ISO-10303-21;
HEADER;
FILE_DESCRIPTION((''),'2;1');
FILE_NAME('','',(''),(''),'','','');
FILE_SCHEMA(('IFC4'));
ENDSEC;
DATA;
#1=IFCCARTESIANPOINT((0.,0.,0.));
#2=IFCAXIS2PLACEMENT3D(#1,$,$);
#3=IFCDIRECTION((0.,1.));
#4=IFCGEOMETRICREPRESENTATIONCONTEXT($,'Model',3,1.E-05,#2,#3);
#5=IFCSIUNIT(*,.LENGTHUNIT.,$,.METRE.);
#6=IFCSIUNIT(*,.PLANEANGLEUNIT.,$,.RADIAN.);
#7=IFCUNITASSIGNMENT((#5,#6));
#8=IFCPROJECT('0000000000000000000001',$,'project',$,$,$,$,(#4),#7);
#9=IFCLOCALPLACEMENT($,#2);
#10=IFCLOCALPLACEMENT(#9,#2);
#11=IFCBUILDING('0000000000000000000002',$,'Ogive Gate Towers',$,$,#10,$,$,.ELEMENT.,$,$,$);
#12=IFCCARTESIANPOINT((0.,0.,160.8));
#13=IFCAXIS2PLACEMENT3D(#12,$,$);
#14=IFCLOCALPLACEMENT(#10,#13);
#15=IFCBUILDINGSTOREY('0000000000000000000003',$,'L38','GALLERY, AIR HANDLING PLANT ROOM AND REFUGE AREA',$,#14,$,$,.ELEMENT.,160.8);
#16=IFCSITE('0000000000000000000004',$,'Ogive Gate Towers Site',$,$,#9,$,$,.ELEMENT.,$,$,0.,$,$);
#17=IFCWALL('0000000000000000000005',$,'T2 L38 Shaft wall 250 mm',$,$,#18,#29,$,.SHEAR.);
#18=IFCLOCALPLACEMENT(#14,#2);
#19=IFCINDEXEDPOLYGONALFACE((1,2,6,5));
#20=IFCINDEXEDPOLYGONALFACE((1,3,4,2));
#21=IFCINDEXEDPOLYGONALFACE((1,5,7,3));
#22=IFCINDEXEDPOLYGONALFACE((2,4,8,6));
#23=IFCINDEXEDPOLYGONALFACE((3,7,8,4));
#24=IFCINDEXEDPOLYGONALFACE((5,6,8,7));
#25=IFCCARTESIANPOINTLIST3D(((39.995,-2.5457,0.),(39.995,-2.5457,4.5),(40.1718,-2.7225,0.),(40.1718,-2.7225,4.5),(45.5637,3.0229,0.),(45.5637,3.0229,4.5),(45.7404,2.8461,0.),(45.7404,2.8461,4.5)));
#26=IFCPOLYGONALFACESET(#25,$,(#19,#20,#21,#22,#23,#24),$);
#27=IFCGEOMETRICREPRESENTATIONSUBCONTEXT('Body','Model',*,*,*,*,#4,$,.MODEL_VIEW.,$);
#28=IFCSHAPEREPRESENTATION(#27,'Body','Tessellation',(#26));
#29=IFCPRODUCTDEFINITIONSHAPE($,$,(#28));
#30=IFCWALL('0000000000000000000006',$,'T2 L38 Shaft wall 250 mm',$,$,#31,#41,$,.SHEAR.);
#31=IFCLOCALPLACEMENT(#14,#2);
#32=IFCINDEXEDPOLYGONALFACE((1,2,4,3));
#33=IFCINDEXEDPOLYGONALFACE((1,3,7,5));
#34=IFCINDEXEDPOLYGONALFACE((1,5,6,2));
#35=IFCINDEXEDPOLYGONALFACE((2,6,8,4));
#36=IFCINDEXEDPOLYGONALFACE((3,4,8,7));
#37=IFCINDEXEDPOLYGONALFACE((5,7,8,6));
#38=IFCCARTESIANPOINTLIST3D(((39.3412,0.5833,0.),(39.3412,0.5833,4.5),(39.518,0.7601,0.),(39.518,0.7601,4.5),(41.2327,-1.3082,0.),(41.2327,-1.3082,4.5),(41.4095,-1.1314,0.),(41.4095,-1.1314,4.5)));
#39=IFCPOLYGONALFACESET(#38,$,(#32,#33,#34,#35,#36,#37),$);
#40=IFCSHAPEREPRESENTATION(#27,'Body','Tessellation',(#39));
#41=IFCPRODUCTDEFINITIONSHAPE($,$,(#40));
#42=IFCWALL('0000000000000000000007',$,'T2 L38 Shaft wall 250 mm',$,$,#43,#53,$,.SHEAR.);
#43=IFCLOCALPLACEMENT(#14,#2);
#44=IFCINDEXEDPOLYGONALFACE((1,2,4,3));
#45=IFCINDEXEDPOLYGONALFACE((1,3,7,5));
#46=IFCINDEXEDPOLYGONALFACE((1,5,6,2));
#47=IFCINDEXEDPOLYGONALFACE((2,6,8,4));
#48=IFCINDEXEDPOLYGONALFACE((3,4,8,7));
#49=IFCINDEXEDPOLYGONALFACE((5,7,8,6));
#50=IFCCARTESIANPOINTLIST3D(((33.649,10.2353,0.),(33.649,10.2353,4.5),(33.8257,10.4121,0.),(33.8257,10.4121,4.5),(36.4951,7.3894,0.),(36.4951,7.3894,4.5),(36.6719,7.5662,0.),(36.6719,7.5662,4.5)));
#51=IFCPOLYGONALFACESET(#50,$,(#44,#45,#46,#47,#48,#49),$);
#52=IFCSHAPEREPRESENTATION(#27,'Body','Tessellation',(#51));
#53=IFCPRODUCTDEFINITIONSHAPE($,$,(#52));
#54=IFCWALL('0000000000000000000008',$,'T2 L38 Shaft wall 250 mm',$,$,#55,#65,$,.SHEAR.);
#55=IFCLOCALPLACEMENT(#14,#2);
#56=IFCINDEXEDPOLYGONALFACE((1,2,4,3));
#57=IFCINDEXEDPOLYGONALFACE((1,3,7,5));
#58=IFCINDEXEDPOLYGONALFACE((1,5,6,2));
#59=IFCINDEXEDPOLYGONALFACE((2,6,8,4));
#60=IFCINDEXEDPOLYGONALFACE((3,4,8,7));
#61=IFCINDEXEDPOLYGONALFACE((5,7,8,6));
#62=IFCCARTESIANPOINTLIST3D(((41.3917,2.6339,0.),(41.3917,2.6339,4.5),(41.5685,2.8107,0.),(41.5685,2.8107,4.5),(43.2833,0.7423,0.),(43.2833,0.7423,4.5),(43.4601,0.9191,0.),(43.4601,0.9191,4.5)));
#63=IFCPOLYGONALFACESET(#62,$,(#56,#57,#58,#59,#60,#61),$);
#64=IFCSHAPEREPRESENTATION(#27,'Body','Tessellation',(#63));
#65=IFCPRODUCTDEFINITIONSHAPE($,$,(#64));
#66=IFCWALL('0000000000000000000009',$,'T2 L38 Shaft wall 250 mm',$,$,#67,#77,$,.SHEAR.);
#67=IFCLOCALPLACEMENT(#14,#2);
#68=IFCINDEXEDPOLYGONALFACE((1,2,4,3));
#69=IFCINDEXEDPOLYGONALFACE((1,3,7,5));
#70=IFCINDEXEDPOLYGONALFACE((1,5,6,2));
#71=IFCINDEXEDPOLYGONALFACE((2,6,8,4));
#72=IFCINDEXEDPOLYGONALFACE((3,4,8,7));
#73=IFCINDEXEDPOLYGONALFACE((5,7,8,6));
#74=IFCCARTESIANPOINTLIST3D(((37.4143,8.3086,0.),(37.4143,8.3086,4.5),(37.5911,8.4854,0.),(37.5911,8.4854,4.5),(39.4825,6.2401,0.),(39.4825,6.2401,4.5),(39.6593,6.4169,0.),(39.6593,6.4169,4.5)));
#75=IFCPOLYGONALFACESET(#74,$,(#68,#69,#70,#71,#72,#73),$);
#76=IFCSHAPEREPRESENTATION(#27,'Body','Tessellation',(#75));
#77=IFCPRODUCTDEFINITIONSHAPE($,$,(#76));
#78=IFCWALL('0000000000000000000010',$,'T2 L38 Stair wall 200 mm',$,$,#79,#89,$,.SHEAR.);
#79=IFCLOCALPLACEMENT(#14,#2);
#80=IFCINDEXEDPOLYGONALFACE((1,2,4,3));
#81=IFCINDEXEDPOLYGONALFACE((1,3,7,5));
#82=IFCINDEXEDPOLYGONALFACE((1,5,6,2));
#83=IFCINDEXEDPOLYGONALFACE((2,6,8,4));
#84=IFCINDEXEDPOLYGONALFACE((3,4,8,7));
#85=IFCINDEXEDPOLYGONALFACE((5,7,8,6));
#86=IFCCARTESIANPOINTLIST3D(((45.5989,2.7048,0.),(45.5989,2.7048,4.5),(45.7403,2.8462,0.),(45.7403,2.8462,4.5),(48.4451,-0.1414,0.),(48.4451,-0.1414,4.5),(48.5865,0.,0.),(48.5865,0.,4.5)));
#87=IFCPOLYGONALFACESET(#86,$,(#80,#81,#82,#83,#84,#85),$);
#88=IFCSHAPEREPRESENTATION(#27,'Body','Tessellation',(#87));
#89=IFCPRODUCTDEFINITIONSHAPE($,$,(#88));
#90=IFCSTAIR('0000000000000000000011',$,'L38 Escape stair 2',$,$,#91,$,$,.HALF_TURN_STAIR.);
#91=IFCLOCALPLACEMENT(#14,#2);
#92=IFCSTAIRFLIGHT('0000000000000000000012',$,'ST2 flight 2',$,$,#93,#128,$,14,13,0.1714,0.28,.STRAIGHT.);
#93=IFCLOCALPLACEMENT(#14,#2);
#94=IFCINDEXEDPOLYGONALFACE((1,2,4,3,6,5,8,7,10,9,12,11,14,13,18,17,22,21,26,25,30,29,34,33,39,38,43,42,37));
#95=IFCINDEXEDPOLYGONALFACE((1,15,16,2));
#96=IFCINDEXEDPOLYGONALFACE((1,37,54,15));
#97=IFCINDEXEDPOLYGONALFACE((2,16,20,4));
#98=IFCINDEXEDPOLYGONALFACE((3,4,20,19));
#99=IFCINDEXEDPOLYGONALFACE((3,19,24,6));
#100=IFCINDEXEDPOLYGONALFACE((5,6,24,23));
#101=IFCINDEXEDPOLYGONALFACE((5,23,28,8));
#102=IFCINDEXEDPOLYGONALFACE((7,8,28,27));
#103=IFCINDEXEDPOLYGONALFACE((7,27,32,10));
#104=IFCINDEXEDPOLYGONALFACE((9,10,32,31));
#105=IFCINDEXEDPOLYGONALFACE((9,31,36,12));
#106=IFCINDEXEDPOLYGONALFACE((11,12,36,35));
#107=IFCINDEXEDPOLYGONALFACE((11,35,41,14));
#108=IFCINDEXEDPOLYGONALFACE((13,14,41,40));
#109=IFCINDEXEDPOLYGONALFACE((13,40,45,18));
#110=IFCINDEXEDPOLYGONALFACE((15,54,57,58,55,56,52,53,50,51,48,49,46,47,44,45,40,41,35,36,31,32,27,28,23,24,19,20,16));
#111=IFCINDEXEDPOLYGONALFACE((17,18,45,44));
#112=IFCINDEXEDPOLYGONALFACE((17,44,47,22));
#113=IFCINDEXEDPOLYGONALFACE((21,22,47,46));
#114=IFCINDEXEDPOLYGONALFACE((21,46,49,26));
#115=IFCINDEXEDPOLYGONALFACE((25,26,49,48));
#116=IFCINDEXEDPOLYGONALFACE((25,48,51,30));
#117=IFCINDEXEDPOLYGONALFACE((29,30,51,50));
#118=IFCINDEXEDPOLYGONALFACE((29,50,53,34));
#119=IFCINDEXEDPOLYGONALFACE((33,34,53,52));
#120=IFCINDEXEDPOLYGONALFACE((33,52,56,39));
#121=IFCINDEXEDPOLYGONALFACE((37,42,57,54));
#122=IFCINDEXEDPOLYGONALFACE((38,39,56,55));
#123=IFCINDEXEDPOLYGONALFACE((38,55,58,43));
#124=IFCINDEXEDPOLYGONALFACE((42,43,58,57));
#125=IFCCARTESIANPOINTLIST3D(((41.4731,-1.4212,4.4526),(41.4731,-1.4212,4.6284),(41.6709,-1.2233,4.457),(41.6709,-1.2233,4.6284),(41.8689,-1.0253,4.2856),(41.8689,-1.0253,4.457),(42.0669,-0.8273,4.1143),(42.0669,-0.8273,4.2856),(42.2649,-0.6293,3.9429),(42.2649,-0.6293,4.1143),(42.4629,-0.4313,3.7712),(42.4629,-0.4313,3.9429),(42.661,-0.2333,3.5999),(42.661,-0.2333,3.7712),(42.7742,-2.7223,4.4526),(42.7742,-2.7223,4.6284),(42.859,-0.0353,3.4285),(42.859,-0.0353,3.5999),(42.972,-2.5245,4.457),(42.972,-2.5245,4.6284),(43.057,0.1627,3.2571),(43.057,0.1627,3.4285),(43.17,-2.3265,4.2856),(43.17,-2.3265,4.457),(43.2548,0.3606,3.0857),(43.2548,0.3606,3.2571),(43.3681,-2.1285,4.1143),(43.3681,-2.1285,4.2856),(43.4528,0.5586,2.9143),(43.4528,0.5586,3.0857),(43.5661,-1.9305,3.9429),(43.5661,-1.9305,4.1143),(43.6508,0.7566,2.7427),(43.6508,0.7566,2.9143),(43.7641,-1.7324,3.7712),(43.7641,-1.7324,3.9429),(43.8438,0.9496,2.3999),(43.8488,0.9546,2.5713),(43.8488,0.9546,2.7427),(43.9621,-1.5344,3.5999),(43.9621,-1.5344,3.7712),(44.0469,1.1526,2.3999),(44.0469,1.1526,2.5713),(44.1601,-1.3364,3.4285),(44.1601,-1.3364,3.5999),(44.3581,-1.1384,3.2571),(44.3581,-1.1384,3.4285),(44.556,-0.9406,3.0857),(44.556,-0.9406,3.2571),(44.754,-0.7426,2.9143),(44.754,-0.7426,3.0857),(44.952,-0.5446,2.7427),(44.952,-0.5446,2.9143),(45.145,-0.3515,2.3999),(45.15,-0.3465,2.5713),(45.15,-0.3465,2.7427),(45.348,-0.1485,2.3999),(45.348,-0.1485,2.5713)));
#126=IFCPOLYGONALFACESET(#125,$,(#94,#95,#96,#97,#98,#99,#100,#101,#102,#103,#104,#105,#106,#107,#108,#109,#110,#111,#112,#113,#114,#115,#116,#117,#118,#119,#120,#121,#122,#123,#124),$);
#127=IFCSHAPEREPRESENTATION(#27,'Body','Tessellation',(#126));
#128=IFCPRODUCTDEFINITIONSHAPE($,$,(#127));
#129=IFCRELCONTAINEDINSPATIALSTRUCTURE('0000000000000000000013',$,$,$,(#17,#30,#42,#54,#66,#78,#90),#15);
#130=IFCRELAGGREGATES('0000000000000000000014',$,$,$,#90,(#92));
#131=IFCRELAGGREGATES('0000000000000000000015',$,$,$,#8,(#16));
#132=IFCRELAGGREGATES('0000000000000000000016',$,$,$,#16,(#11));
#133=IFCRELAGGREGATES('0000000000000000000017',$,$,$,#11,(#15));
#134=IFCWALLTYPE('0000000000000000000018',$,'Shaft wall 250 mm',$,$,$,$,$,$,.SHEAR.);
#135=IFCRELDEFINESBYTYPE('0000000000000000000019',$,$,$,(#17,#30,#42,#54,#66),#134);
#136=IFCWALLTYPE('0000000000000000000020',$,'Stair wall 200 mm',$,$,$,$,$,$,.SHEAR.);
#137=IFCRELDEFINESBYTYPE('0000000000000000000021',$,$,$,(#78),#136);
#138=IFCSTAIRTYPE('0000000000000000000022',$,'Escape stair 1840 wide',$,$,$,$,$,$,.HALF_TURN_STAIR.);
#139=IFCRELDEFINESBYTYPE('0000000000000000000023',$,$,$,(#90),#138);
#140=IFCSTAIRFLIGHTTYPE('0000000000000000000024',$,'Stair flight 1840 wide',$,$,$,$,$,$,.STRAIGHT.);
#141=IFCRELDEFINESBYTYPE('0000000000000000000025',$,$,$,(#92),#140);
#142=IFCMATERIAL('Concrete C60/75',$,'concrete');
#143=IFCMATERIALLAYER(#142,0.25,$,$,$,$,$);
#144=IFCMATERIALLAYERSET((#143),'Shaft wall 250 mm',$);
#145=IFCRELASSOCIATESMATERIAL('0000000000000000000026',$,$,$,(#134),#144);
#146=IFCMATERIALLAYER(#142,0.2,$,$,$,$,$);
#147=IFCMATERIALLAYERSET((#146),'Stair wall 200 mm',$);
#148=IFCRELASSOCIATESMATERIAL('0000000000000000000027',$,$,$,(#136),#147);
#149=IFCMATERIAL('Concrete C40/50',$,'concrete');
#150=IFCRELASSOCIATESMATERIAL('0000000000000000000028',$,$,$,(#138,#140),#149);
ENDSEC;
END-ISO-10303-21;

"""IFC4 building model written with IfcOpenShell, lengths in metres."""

from ifc_helpers import new_model, si_unit, direction, frame, frame_2d, origin, place, context, subcontext, project, spatial, polyline, rectangle, outline, extrude, material, layer, layer_set, type_object, element, aggregate, save


model = new_model("IFC4")

# Units and contexts
model_context = context("Model", 3, precision=1e-05, world=origin(), true_north=direction((0.0, 1.0)))
body_context = subcontext(model_context, "Body", "Model", "MODEL_VIEW")
ifc_project = project(units=[si_unit("LENGTHUNIT", "METRE"), si_unit("PLANEANGLEUNIT", "RADIAN")], contexts=[model_context])

# Site, building, storey
site_placement = place(None, origin())
site = spatial("IfcSite", under=ifc_project, at=site_placement, Name="Ogive Gate Towers Site", CompositionType="ELEMENT", RefElevation=0.0)
building_placement = place(site_placement, origin())
building = spatial("IfcBuilding", under=site, at=building_placement, Name="Ogive Gate Towers", CompositionType="ELEMENT")
storey_placement = place(building_placement, frame((0.0, 0.0, 160.8)))
storey = spatial("IfcBuildingStorey", under=building, at=storey_placement, Name="L38", Description="GALLERY, AIR HANDLING PLANT ROOM AND REFUGE AREA", CompositionType="ELEMENT", Elevation=160.8)

# Shared definitions
ifc_material_1 = material(Name="Concrete C40/50", Category="concrete")

# Shared definitions
ifc_material_2 = material(Name="Concrete C60/75", Category="concrete")

# Walls
ifc_layer_1 = layer(ifc_material_2, 0.25)
ifc_layer_set_1 = layer_set([ifc_layer_1], Name="Shaft wall 250 mm")
wall_type_1 = type_object("IfcWallType", Name="Shaft wall 250 mm", PredefinedType="SHEAR", material=ifc_layer_set_1)
wall_1_placement = place(storey_placement, frame((40.0835, -2.634, 0.0), z_axis=(0.0, 0.0, 1.0), x_axis=(0.707107, 0.707107, 0.0)))
element("IfcWall", 1, at=wall_1_placement, inside=storey, type_object=wall_type_1, Name="T2 L38 Shaft wall 250 mm", PredefinedType="SHEAR", context=body_context, shape_type="SweptSolid", body=[
    extrude(rectangle(XDim=7.8752, YDim=0.25, at=frame_2d((3.9375, 0.0))), origin(), (0.0, 0.0, 1.0), 4.5),
])
wall_2_placement = place(storey_placement, frame((41.321, -1.2197, 0.0), z_axis=(0.0, 0.0, 1.0), x_axis=(-0.707107, 0.707107, 0.0)))
element("IfcWall", 2, at=wall_2_placement, inside=storey, type_object=wall_type_1, Name="T2 L38 Shaft wall 250 mm", PredefinedType="SHEAR", context=body_context, shape_type="SweptSolid", body=[
    extrude(rectangle(XDim=2.675, YDim=0.25, at=frame_2d((1.3374, 0.0))), origin(), (0.0, 0.0, 1.0), 4.5),
])
wall_3_placement = place(storey_placement, frame((36.5835, 7.4778, 0.0), z_axis=(0.0, 0.0, 1.0), x_axis=(-0.707137, 0.707076, 0.0)))
element("IfcWall", 3, at=wall_3_placement, inside=storey, type_object=wall_type_1, Name="T2 L38 Shaft wall 250 mm", PredefinedType="SHEAR", context=body_context, shape_type="SweptSolid", body=[
    extrude(rectangle(XDim=4.0249, YDim=0.25, at=frame_2d((2.0125, 0.0))), origin(), (0.0, 0.0, 1.0), 4.5),
])
wall_4_placement = place(storey_placement, frame((43.3716, 0.8308, 0.0), z_axis=(0.0, 0.0, 1.0), x_axis=(-0.707107, 0.707107, 0.0)))
element("IfcWall", 4, at=wall_4_placement, inside=storey, type_object=wall_type_1, Name="T2 L38 Shaft wall 250 mm", PredefinedType="SHEAR", context=body_context, shape_type="SweptSolid", body=[
    extrude(rectangle(XDim=2.675, YDim=0.25, at=frame_2d((1.3374, 0.0))), origin(), (0.0, 0.0, 1.0), 4.5),
])
wall_5_placement = place(storey_placement, frame((39.5708, 6.3286, 0.0), z_axis=(0.0, 0.0, 1.0), x_axis=(-0.707065, 0.707149, 0.0)))
element("IfcWall", 5, at=wall_5_placement, inside=storey, type_object=wall_type_1, Name="T2 L38 Shaft wall 250 mm", PredefinedType="SHEAR", context=body_context, shape_type="SweptSolid", body=[
    extrude(rectangle(XDim=2.925, YDim=0.25, at=frame_2d((1.4624, 0.0))), origin(), (0.0, 0.0, 1.0), 4.5),
])
ifc_layer_2 = layer(ifc_material_2, 0.2)
ifc_layer_set_2 = layer_set([ifc_layer_2], Name="Stair wall 200 mm")
wall_type_2 = type_object("IfcWallType", Name="Stair wall 200 mm", PredefinedType="SHEAR", material=ifc_layer_set_2)
wall_6_placement = place(storey_placement, frame((48.5159, -0.0708, 0.0), z_axis=(0.0, 0.0, 1.0), x_axis=(-0.707107, 0.707107, 0.0)))
element("IfcWall", 6, at=wall_6_placement, inside=storey, type_object=wall_type_2, Name="T2 L38 Stair wall 200 mm", PredefinedType="SHEAR", context=body_context, shape_type="SweptSolid", body=[
    extrude(rectangle(XDim=4.0251, YDim=0.2, at=frame_2d((2.0127, 0.0))), origin(), (0.0, 0.0, 1.0), 4.5),
])

# Stair, stair flight
stair_type = type_object("IfcStairType", Name="Escape stair 1840 wide", PredefinedType="HALF_TURN_STAIR", material=ifc_material_1)
stair_placement = place(storey_placement, origin())
stair = element("IfcStair", 7, at=stair_placement, inside=storey, type_object=stair_type, Name="L38 Escape stair 2", PredefinedType="HALF_TURN_STAIR")
stair_flight_type = type_object("IfcStairFlightType", Name="Stair flight 1840 wide", PredefinedType="STRAIGHT", material=ifc_material_1)
stair_flight_placement = place(storey_placement, frame((44.6975, 0.502, 2.3999), z_axis=(0.0, 0.0, 1.0), x_axis=(-0.707107, -0.707107, 0.0)))
stair_flight = element("IfcStairFlight", 8, at=stair_flight_placement, type_object=stair_flight_type, Name="ST2 flight 2", NumberOfRisers=14, NumberOfTreads=13, PredefinedType="STRAIGHT", RiserHeight=0.1714, TreadLength=0.28, context=body_context, shape_type="SweptSolid", body=[
    extrude(outline(polyline([(0.0, 0.0), (0.0, 0.1714), (0.28, 0.1714), (0.28, 0.3428), (0.5601, 0.3428), (0.5601, 0.5144), (0.8401, 0.5144), (0.8401, 0.6858), (1.1201, 0.6858), (1.1201, 0.8572), (1.3999, 0.8572), (1.3999, 1.0286), (1.6799, 1.0286), (1.6799, 1.2), (1.96, 1.2), (1.96, 1.3713), (2.24, 1.3713), (2.24, 1.543), (2.52, 1.543), (2.52, 1.7144), (2.8, 1.7144), (2.8, 1.8857), (3.0801, 1.8857), (3.0801, 2.0571), (3.3601, 2.0571), (3.3601, 2.2285), (3.6399, 2.2285), (3.6399, 2.3999), (3.6399, 2.0527), (0.2871, 0.0), (0.0, 0.0)])), frame((0.0, 0.9199, 0.0), z_axis=(0.0, -1.0, 0.0), x_axis=(1.0, 0.0, 0.0)), (0.0, 0.0, 1.0), 1.8401),
])
aggregate(stair, [stair_flight])

save(model, "model.ifc")
